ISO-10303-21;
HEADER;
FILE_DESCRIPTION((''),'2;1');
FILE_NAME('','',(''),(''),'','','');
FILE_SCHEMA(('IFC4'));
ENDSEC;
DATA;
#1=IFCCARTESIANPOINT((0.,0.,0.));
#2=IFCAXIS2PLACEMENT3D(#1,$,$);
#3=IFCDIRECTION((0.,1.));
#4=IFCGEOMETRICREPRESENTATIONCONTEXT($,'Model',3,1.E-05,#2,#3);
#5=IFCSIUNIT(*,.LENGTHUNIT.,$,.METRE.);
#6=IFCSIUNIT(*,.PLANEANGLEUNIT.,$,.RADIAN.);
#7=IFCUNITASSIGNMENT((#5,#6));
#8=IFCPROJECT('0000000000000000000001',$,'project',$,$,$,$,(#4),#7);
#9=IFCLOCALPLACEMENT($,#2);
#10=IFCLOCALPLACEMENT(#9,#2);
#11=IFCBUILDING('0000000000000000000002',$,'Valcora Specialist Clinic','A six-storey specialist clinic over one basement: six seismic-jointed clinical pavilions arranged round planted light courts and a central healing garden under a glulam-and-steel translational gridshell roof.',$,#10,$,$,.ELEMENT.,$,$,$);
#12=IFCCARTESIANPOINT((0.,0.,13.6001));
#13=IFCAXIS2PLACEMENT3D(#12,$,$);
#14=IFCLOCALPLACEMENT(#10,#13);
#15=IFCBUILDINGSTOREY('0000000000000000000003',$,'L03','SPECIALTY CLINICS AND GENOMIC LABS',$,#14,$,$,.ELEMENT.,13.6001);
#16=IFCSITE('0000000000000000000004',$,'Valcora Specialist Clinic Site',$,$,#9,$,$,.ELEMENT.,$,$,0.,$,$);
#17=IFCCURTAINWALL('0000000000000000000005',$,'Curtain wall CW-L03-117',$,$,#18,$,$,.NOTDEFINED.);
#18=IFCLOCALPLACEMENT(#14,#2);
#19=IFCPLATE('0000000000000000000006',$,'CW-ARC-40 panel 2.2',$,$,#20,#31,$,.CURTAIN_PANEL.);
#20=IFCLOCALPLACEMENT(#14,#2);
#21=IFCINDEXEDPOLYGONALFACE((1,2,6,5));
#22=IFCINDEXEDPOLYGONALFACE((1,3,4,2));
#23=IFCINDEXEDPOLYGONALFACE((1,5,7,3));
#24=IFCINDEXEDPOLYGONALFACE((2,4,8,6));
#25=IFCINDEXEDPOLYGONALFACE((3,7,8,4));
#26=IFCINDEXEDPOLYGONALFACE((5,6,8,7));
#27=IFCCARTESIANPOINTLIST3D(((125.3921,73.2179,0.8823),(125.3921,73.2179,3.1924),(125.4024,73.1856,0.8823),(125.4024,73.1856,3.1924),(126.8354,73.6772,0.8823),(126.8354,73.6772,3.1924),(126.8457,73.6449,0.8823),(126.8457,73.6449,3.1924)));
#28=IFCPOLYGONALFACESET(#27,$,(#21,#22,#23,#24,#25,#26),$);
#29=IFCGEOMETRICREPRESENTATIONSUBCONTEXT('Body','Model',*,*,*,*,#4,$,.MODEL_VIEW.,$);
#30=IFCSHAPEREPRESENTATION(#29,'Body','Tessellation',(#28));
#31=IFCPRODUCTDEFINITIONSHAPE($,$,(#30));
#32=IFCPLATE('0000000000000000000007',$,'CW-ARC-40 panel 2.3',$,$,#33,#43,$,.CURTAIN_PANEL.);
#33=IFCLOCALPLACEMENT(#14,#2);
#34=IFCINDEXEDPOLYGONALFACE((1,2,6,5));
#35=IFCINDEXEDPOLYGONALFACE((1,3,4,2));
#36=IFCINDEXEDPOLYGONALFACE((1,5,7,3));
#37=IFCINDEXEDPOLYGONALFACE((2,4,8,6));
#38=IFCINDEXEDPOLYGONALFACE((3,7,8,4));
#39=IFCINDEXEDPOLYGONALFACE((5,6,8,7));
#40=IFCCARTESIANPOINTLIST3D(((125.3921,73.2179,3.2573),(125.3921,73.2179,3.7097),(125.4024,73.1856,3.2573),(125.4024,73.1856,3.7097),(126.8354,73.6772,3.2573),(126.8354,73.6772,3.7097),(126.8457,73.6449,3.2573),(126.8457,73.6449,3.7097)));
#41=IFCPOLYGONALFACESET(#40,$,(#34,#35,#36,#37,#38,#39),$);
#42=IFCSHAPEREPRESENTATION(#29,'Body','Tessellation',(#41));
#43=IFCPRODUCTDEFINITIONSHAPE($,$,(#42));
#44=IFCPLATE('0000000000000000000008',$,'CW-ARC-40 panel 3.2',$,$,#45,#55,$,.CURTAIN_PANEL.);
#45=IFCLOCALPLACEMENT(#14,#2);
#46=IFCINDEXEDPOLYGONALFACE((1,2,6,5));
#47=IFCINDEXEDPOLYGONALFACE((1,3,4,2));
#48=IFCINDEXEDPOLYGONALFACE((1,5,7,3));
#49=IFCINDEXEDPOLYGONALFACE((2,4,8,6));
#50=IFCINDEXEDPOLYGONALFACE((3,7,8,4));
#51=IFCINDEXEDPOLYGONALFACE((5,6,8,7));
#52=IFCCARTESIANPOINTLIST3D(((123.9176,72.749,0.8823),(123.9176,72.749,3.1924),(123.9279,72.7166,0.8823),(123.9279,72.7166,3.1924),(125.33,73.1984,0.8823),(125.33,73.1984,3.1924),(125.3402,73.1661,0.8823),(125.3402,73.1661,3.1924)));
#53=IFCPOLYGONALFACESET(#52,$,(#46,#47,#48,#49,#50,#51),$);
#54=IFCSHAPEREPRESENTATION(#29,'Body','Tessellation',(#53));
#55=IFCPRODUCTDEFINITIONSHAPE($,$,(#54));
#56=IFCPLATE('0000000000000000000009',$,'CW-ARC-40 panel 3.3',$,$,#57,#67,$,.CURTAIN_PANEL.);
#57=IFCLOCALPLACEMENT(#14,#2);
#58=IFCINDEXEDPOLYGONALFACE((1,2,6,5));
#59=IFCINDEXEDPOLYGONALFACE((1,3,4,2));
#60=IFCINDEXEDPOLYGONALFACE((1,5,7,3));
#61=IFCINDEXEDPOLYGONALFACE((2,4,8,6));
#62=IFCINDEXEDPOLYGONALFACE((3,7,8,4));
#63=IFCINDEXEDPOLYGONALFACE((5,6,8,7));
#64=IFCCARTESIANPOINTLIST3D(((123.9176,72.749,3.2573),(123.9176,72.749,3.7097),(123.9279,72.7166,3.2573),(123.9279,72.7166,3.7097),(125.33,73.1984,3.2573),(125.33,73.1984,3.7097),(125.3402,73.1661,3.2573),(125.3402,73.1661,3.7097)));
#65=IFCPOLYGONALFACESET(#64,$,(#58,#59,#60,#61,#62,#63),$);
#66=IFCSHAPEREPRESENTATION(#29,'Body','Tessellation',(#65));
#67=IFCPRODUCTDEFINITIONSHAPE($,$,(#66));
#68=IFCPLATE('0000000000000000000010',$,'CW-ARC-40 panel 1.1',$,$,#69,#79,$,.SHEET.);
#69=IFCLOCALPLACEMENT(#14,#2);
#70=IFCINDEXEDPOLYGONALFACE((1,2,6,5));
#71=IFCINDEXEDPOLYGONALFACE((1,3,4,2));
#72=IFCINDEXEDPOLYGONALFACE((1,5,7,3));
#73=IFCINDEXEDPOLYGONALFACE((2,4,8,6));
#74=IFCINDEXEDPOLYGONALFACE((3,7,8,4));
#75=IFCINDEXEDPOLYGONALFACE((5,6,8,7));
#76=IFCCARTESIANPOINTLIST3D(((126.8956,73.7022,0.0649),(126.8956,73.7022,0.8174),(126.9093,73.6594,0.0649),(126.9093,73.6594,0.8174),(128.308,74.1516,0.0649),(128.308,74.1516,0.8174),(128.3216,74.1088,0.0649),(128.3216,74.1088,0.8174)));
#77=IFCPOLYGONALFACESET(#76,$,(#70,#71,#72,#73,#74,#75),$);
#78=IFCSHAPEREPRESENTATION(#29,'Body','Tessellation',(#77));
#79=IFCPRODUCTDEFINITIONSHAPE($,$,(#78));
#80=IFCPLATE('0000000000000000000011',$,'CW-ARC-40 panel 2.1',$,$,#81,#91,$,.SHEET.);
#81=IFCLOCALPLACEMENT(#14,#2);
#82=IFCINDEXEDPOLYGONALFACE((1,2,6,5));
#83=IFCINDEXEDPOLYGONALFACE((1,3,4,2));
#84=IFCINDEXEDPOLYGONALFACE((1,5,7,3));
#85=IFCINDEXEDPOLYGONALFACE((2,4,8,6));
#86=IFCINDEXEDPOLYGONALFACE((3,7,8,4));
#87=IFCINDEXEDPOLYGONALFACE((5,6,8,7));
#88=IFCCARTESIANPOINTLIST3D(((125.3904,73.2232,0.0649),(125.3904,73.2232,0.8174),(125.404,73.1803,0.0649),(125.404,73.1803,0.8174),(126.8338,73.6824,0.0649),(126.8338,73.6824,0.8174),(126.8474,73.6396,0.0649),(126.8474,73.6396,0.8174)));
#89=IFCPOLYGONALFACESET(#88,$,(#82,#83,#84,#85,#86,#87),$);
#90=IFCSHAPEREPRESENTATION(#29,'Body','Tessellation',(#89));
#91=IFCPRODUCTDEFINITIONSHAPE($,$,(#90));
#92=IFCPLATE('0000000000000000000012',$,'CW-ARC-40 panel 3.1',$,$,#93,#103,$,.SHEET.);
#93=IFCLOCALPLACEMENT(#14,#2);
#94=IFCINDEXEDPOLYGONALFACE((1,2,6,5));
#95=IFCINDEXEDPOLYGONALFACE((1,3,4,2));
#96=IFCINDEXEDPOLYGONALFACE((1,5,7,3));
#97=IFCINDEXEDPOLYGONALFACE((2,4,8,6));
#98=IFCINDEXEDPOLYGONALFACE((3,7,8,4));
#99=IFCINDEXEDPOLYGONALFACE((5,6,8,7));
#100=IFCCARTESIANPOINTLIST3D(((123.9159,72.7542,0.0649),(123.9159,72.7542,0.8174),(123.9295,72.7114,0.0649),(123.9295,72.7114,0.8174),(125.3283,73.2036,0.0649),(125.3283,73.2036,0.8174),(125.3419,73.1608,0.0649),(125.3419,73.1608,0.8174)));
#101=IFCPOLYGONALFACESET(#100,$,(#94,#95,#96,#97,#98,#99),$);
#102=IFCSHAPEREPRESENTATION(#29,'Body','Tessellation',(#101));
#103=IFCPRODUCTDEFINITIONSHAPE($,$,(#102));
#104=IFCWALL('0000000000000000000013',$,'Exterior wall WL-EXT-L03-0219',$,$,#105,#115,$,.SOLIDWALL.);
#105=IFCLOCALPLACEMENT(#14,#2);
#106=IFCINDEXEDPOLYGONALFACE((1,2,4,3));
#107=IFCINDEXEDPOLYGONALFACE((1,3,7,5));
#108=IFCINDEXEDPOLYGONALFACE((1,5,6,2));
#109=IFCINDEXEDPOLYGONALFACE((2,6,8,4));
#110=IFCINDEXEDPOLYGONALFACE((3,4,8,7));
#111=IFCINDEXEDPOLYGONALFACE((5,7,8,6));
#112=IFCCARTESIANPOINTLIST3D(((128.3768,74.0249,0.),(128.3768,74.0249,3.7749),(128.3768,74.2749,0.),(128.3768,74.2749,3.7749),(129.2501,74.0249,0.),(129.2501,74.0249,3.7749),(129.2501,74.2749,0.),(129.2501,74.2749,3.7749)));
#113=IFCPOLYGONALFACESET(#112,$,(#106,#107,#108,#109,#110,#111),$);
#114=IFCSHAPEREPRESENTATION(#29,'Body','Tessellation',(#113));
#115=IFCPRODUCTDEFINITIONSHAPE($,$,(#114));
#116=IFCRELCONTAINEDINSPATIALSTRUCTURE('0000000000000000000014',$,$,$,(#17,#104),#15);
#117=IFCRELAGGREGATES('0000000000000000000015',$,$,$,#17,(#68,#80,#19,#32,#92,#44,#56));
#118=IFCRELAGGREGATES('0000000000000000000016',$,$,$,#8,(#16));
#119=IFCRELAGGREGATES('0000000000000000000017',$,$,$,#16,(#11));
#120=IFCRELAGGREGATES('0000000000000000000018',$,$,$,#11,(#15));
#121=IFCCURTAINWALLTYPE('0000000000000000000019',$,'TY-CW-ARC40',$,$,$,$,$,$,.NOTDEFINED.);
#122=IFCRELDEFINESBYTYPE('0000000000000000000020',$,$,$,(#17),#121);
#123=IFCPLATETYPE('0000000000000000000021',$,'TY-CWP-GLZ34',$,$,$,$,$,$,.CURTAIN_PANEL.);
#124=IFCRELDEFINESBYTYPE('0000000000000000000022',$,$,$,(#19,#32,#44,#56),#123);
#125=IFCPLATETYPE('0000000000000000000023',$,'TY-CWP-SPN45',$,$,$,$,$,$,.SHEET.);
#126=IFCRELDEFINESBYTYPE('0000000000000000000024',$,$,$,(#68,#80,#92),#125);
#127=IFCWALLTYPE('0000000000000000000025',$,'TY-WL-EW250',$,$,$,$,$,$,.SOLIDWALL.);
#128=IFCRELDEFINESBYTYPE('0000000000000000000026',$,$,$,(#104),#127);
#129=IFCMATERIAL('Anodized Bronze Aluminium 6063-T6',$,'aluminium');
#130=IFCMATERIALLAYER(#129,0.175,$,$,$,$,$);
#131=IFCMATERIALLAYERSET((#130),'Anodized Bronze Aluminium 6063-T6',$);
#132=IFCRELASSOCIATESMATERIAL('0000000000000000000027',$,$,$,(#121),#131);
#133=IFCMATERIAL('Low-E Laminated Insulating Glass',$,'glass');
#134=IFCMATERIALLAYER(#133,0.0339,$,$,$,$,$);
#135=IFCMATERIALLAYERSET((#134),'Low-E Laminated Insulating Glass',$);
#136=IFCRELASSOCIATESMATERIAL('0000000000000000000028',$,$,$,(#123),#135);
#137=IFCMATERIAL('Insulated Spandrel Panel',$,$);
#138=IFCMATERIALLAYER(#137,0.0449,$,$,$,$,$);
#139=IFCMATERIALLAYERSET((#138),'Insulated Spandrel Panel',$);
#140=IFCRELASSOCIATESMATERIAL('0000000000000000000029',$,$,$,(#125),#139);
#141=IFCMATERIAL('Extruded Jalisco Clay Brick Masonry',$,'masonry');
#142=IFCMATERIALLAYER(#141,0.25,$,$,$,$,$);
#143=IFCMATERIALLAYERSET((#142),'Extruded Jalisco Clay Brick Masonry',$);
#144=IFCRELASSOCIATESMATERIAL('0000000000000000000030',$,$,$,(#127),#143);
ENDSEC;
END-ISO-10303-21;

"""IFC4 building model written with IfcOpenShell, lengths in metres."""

from ifc_helpers import new_model, si_unit, direction, frame, frame_2d, origin, origin_2d, place, context, subcontext, project, spatial, rectangle, extrude, material, layer, layer_set, type_object, element, aggregate, save


model = new_model("IFC4")

# Units and contexts
model_context = context("Model", 3, precision=1e-05, world=origin(), true_north=direction((0.0, 1.0)))
body_context = subcontext(model_context, "Body", "Model", "MODEL_VIEW")
ifc_project = project(units=[si_unit("LENGTHUNIT", "METRE"), si_unit("PLANEANGLEUNIT", "RADIAN")], contexts=[model_context])

# Site, building, storey
site_placement = place(None, origin())
site = spatial("IfcSite", under=ifc_project, at=site_placement, Name="Valcora Specialist Clinic Site", CompositionType="ELEMENT", RefElevation=0.0)
building_placement = place(site_placement, origin())
building = spatial("IfcBuilding", under=site, at=building_placement, Name="Valcora Specialist Clinic", Description="A six-storey specialist clinic over one basement: six seismic-jointed clinical pavilions arranged round planted light courts and a central healing garden under a glulam-and-steel translational gridshell roof.", CompositionType="ELEMENT")
storey_placement = place(building_placement, frame((0.0, 0.0, 13.6001)))
storey = spatial("IfcBuildingStorey", under=building, at=storey_placement, Name="L03", Description="SPECIALTY CLINICS AND GENOMIC LABS", CompositionType="ELEMENT", Elevation=13.6001)

# Curtain wall
ifc_material_1 = material(Name="Anodized Bronze Aluminium 6063-T6", Category="aluminium")
ifc_layer_1 = layer(ifc_material_1, 0.175)
ifc_layer_set_1 = layer_set([ifc_layer_1], Name="Anodized Bronze Aluminium 6063-T6")
curtain_wall_type = type_object("IfcCurtainWallType", Name="TY-CW-ARC40", PredefinedType="NOTDEFINED", material=ifc_layer_set_1)
curtain_wall_1_placement = place(storey_placement, origin())
curtain_wall_1 = element("IfcCurtainWall", 1, at=curtain_wall_1_placement, inside=storey, type_object=curtain_wall_type, Name="Curtain wall CW-L03-117", PredefinedType="NOTDEFINED")

# Plates
ifc_material_2 = material(Name="Low-E Laminated Insulating Glass", Category="glass")
ifc_layer_2 = layer(ifc_material_2, 0.0339)
ifc_layer_set_2 = layer_set([ifc_layer_2], Name="Low-E Laminated Insulating Glass")
plate_type_1 = type_object("IfcPlateType", Name="TY-CWP-GLZ34", PredefinedType="CURTAIN_PANEL", material=ifc_layer_set_2)
plate_1_placement = place(storey_placement, frame((126.1189, 73.4314, 0.8823), z_axis=(0.0, 0.0, 1.0), x_axis=(-0.952916, -0.303233, 0.0)))
plate_1 = element("IfcPlate", 2, at=plate_1_placement, type_object=plate_type_1, Name="CW-ARC-40 panel 2.2", PredefinedType="CURTAIN_PANEL", context=body_context, shape_type="SweptSolid", body=[
    extrude(rectangle(XDim=1.5146, YDim=0.0339, at=origin_2d()), origin(), (0.0, 0.0, 1.0), 2.3101),
])
plate_2_placement = place(storey_placement, frame((126.1189, 73.4314, 3.2573), z_axis=(0.0, 0.0, 1.0), x_axis=(-0.952916, -0.303233, 0.0)))
plate_2 = element("IfcPlate", 3, at=plate_2_placement, type_object=plate_type_1, Name="CW-ARC-40 panel 2.3", PredefinedType="CURTAIN_PANEL", context=body_context, shape_type="SweptSolid", body=[
    extrude(rectangle(XDim=1.5146, YDim=0.0339, at=origin_2d()), origin(), (0.0, 0.0, 1.0), 0.4524),
])
plate_3_placement = place(storey_placement, frame((124.6289, 72.9575, 0.8823), z_axis=(0.0, 0.0, 1.0), x_axis=(-0.952916, -0.303233, 0.0)))
plate_3 = element("IfcPlate", 4, at=plate_3_placement, type_object=plate_type_1, Name="CW-ARC-40 panel 3.2", PredefinedType="CURTAIN_PANEL", context=body_context, shape_type="SweptSolid", body=[
    extrude(rectangle(XDim=1.4822, YDim=0.0339, at=origin_2d()), origin(), (0.0, 0.0, 1.0), 2.3101),
])
plate_4_placement = place(storey_placement, frame((124.6289, 72.9575, 3.2573), z_axis=(0.0, 0.0, 1.0), x_axis=(-0.952916, -0.303233, 0.0)))
plate_4 = element("IfcPlate", 5, at=plate_4_placement, type_object=plate_type_1, Name="CW-ARC-40 panel 3.3", PredefinedType="CURTAIN_PANEL", context=body_context, shape_type="SweptSolid", body=[
    extrude(rectangle(XDim=1.4822, YDim=0.0339, at=origin_2d()), origin(), (0.0, 0.0, 1.0), 0.4524),
])
ifc_material_3 = material(Name="Insulated Spandrel Panel")
ifc_layer_3 = layer(ifc_material_3, 0.0449)
ifc_layer_set_3 = layer_set([ifc_layer_3], Name="Insulated Spandrel Panel")
plate_type_2 = type_object("IfcPlateType", Name="TY-CWP-SPN45", PredefinedType="SHEET", material=ifc_layer_set_3)
plate_5_placement = place(storey_placement, frame((127.6086, 73.9055, 0.0649), z_axis=(0.0, 0.0, 1.0), x_axis=(-0.952916, -0.303233, 0.0)))
plate_5 = element("IfcPlate", 6, at=plate_5_placement, type_object=plate_type_2, Name="CW-ARC-40 panel 1.1", PredefinedType="SHEET", context=body_context, shape_type="SweptSolid", body=[
    extrude(rectangle(XDim=1.4822, YDim=0.0449, at=origin_2d()), origin(), (0.0, 0.0, 1.0), 0.7524),
])
plate_6_placement = place(storey_placement, frame((126.1189, 73.4314, 0.0649), z_axis=(0.0, 0.0, 1.0), x_axis=(-0.952916, -0.303233, 0.0)))
plate_6 = element("IfcPlate", 7, at=plate_6_placement, type_object=plate_type_2, Name="CW-ARC-40 panel 2.1", PredefinedType="SHEET", context=body_context, shape_type="SweptSolid", body=[
    extrude(rectangle(XDim=1.5146, YDim=0.0449, at=origin_2d()), origin(), (0.0, 0.0, 1.0), 0.7524),
])
plate_7_placement = place(storey_placement, frame((124.6289, 72.9575, 0.0649), z_axis=(0.0, 0.0, 1.0), x_axis=(-0.952916, -0.303233, 0.0)))
plate_7 = element("IfcPlate", 8, at=plate_7_placement, type_object=plate_type_2, Name="CW-ARC-40 panel 3.1", PredefinedType="SHEET", context=body_context, shape_type="SweptSolid", body=[
    extrude(rectangle(XDim=1.4822, YDim=0.0449, at=origin_2d()), origin(), (0.0, 0.0, 1.0), 0.7524),
])
aggregate(curtain_wall_1, [plate_5, plate_6, plate_1, plate_2, plate_7, plate_3, plate_4])

# Wall
ifc_material_4 = material(Name="Extruded Jalisco Clay Brick Masonry", Category="masonry")
ifc_layer_4 = layer(ifc_material_4, 0.25)
ifc_layer_set_4 = layer_set([ifc_layer_4], Name="Extruded Jalisco Clay Brick Masonry")
wall_type = type_object("IfcWallType", Name="TY-WL-EW250", PredefinedType="SOLIDWALL", material=ifc_layer_set_4)
wall_placement = place(storey_placement, frame((129.25, 74.1499, 0.0), z_axis=(0.0, 0.0, 1.0), x_axis=(-1.0, 0.0, 0.0)))
element("IfcWall", 9, at=wall_placement, inside=storey, type_object=wall_type, Name="Exterior wall WL-EXT-L03-0219", PredefinedType="SOLIDWALL", context=body_context, shape_type="SweptSolid", body=[
    extrude(rectangle(XDim=0.8733, YDim=0.25, at=frame_2d((0.4365, 0.0))), origin(), (0.0, 0.0, 1.0), 3.7749),
])

save(model, "model.ifc")
